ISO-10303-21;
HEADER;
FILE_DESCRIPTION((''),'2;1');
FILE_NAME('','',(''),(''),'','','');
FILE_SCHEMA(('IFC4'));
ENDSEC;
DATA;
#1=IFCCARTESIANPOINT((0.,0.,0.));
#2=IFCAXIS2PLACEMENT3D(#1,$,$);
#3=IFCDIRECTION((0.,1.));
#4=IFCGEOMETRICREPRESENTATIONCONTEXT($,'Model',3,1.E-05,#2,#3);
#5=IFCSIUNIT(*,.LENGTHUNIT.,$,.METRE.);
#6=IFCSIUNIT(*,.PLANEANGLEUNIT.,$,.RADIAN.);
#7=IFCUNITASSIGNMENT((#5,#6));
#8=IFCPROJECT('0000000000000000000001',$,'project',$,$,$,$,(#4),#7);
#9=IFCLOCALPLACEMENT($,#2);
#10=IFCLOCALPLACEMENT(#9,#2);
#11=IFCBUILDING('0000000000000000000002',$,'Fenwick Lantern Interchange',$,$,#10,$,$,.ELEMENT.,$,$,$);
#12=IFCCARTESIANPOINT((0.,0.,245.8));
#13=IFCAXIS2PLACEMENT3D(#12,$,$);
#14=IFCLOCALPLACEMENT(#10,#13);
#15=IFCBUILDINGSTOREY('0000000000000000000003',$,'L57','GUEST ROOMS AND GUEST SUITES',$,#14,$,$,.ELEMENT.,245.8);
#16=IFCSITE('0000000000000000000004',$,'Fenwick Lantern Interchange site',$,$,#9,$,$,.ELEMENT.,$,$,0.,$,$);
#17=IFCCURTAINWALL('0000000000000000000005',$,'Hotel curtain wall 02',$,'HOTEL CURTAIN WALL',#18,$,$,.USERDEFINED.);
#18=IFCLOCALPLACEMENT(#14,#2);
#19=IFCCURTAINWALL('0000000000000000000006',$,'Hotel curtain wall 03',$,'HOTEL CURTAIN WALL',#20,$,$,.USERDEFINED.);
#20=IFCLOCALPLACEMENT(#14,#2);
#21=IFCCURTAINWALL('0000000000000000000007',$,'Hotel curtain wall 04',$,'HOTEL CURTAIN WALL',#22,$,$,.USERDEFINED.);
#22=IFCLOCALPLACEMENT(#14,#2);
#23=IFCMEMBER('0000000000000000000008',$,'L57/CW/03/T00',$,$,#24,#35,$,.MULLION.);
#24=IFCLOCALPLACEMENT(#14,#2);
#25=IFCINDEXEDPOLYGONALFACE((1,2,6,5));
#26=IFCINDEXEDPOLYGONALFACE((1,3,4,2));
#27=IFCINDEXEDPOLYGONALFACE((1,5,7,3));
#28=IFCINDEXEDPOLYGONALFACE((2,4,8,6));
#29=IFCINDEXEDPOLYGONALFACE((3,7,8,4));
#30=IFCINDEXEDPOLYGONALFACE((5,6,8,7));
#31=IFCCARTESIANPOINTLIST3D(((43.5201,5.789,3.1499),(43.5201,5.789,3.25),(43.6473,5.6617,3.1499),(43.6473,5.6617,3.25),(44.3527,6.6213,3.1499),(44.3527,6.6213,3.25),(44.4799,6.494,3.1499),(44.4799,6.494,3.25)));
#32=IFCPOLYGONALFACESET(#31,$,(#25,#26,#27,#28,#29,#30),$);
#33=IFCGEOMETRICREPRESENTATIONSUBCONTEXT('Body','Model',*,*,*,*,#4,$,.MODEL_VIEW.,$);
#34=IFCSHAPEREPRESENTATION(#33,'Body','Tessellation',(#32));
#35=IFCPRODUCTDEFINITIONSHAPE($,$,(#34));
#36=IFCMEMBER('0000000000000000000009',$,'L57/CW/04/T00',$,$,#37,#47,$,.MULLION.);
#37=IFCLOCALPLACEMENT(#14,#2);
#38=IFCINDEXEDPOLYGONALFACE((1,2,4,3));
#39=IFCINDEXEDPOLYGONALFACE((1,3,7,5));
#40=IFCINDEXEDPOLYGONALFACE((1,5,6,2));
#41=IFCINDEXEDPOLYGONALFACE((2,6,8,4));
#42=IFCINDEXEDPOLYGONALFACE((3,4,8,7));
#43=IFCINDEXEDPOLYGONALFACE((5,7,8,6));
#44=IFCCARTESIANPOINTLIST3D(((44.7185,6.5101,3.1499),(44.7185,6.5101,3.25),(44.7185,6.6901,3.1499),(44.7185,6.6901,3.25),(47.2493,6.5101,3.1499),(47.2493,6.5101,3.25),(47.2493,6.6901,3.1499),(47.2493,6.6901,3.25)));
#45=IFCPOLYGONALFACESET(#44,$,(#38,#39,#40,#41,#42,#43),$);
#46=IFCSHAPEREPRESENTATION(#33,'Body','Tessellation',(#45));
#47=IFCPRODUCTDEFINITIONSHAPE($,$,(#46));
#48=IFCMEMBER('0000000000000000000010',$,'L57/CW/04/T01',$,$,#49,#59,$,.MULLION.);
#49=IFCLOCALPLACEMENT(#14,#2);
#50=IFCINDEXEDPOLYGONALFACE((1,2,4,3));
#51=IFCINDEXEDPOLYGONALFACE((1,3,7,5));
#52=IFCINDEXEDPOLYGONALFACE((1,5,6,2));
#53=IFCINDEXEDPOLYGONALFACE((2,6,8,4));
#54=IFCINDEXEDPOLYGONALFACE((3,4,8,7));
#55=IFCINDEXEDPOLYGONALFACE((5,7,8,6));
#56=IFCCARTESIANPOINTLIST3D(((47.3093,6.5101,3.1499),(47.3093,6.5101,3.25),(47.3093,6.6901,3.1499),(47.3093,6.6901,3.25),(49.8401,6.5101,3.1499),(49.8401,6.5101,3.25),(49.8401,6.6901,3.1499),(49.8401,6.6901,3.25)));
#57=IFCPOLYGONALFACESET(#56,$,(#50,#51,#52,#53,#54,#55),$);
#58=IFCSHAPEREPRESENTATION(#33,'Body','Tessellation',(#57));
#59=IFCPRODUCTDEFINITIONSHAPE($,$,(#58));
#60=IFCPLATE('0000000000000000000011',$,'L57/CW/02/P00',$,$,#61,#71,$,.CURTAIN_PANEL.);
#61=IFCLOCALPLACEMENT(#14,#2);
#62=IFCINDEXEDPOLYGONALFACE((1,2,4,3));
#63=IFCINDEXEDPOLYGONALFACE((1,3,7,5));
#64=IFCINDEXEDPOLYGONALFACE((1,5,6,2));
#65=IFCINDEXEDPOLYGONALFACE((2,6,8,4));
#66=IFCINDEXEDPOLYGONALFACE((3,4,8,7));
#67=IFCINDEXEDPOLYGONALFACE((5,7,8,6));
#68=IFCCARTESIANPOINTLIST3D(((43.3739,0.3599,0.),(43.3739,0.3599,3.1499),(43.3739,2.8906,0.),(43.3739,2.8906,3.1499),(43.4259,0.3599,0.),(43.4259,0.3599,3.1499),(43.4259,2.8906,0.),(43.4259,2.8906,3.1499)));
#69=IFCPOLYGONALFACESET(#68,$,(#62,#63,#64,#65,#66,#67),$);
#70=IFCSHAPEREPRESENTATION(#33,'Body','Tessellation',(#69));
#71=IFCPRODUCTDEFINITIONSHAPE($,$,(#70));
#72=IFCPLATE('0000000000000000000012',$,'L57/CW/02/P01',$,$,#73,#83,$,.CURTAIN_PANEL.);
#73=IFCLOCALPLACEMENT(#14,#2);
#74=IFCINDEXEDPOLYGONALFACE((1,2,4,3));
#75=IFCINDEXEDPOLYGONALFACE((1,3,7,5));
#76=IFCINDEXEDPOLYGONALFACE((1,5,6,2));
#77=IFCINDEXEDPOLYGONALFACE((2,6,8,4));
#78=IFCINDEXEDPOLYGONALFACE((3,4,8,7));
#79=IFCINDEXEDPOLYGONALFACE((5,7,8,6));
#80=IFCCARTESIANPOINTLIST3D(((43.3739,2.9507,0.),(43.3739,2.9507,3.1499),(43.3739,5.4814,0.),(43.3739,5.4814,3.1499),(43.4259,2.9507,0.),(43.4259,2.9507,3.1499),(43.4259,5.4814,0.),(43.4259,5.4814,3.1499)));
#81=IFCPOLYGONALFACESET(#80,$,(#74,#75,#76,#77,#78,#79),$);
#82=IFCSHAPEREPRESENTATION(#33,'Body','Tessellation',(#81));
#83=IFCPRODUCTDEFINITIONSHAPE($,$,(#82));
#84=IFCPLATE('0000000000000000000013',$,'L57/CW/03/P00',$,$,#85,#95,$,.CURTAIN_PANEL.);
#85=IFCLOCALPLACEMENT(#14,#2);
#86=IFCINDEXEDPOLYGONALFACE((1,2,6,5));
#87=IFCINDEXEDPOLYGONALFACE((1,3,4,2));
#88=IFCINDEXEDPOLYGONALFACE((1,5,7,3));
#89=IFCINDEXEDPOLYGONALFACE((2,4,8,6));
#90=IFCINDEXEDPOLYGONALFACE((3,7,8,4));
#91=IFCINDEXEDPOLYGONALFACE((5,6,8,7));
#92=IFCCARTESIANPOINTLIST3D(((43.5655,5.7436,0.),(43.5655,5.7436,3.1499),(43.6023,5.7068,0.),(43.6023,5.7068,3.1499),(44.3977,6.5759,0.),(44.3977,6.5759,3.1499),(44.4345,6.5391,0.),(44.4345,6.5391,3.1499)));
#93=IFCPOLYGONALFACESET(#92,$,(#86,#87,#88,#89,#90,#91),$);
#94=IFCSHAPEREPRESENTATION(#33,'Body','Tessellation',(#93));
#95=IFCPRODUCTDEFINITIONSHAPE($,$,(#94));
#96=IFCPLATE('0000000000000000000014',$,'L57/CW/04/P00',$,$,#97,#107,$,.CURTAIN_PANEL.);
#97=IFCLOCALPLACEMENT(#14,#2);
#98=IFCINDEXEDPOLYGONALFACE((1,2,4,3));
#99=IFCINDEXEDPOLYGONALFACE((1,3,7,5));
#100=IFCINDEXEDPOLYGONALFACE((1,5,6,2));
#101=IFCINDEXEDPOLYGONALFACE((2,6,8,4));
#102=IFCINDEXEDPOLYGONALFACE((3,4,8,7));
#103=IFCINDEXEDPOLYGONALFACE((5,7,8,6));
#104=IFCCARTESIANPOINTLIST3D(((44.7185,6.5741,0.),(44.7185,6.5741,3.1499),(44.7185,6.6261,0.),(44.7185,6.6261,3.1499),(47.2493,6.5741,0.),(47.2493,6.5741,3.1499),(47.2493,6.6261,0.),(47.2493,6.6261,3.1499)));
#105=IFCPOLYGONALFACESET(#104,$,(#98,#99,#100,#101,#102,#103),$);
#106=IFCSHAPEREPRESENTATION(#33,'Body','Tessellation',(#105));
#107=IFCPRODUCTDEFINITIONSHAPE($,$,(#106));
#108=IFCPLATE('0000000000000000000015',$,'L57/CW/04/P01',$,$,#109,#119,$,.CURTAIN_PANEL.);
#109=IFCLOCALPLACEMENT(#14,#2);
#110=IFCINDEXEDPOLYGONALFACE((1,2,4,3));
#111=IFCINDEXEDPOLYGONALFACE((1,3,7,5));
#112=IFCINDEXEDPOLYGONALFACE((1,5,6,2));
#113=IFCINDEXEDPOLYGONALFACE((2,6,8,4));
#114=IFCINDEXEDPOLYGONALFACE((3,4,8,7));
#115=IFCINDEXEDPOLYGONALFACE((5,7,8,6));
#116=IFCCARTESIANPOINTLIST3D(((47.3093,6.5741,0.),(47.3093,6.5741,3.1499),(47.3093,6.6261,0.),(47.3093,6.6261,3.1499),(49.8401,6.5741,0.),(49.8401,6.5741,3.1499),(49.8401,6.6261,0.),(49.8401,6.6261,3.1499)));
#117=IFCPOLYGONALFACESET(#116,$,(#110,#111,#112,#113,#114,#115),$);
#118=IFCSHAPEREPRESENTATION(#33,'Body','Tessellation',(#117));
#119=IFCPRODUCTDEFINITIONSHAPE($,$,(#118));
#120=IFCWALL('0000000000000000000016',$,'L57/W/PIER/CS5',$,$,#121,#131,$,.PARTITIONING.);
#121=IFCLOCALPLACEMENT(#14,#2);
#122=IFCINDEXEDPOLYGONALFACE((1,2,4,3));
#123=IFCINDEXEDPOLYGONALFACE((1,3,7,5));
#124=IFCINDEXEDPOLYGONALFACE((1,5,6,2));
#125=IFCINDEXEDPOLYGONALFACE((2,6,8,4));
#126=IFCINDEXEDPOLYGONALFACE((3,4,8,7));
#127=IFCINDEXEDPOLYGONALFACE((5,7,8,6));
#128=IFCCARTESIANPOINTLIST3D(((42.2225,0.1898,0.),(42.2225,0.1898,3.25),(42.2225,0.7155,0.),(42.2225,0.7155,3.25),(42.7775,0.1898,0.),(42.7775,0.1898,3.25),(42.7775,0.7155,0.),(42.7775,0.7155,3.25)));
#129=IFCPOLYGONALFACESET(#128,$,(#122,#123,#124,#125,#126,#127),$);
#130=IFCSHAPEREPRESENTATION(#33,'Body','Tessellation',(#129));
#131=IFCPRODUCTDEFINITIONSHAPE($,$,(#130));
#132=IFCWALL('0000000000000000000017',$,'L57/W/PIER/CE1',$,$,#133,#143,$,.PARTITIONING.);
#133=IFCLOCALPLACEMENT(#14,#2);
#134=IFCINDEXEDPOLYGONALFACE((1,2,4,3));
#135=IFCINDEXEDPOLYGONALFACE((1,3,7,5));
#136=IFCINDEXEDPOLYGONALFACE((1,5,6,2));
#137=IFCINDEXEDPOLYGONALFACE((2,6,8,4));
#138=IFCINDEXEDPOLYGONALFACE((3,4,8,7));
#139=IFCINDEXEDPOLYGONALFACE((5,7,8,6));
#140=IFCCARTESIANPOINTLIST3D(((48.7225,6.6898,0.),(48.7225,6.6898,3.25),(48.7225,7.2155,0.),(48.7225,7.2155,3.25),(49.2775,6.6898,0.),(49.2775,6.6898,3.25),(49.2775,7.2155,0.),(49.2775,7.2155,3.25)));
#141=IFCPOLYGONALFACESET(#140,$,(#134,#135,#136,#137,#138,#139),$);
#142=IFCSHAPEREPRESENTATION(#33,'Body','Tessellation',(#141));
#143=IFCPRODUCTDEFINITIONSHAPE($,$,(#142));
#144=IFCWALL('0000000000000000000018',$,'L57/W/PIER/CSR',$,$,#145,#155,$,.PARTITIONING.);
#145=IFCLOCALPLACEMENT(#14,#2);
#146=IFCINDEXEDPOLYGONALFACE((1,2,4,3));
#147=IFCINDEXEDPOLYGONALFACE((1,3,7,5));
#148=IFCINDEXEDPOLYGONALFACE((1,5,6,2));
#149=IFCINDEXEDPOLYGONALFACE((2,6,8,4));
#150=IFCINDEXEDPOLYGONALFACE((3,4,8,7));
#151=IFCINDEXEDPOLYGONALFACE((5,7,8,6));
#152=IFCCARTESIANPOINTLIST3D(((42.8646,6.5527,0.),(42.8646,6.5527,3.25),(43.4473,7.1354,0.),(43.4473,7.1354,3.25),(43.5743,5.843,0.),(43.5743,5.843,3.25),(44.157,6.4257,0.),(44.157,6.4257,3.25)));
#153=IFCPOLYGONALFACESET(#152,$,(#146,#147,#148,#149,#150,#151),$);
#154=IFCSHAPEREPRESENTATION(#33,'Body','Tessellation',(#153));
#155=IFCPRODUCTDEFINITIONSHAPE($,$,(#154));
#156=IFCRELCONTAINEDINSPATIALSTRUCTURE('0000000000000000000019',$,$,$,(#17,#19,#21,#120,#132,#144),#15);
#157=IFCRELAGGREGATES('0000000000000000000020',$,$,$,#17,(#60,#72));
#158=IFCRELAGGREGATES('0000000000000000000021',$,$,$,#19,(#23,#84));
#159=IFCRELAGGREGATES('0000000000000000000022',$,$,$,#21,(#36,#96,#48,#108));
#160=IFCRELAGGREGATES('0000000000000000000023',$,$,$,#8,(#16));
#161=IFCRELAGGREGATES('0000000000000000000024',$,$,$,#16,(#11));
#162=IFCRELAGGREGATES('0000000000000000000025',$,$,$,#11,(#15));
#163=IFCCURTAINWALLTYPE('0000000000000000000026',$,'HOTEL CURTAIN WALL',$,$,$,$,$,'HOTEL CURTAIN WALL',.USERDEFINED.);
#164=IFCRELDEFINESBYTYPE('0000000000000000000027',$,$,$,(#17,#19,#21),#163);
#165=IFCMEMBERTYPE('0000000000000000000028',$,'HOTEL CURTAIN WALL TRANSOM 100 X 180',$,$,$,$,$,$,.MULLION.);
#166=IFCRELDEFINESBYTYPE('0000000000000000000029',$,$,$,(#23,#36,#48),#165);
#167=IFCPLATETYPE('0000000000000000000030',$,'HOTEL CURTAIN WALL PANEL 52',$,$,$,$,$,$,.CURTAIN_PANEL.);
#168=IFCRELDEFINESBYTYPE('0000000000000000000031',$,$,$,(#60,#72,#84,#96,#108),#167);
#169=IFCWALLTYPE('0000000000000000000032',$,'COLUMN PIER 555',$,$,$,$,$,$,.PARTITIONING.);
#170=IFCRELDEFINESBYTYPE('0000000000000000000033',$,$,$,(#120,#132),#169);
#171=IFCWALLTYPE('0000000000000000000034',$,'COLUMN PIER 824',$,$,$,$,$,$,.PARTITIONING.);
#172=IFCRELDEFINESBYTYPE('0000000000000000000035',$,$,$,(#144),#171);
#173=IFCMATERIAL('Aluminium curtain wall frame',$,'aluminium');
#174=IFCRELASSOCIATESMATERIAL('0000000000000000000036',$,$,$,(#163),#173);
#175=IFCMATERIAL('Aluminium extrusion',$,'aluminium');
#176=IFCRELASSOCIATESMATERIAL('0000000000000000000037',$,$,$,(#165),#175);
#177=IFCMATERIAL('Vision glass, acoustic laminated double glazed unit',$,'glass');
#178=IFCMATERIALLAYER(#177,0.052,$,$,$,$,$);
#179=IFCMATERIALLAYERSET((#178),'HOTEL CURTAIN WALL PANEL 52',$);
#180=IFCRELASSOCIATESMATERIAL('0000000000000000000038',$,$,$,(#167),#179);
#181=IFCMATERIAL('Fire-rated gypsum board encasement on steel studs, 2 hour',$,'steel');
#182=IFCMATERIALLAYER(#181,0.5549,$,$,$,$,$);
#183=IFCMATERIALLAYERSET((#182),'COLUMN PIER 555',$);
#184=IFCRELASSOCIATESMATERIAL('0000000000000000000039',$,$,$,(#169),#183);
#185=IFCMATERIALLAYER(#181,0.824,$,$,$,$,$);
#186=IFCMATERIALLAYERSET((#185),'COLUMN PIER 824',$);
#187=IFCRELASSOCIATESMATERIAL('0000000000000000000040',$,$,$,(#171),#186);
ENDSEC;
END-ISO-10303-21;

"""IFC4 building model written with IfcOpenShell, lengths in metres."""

from ifc_helpers import new_model, si_unit, direction, frame, frame_2d, origin, origin_2d, place, context, subcontext, project, spatial, rectangle, extrude, material, layer, layer_set, material_profile, profile_set, type_object, element, aggregate, save


model = new_model("IFC4")

# Units and contexts
model_context = context("Model", 3, precision=1e-05, world=origin(), true_north=direction((0.0, 1.0)))
body_context = subcontext(model_context, "Body", "Model", "MODEL_VIEW")
ifc_project = project(units=[si_unit("LENGTHUNIT", "METRE"), si_unit("PLANEANGLEUNIT", "RADIAN")], contexts=[model_context])

# Site, building, storey
site_placement = place(None, origin())
site = spatial("IfcSite", under=ifc_project, at=site_placement, Name="Fenwick Lantern Interchange site", CompositionType="ELEMENT", RefElevation=0.0)
building_placement = place(site_placement, origin())
building = spatial("IfcBuilding", under=site, at=building_placement, Name="Fenwick Lantern Interchange", CompositionType="ELEMENT")
storey_placement = place(building_placement, frame((0.0, 0.0, 245.8)))
storey = spatial("IfcBuildingStorey", under=building, at=storey_placement, Name="L57", Description="GUEST ROOMS AND GUEST SUITES", CompositionType="ELEMENT", Elevation=245.8)

# Shared definitions
ifc_material_1 = material(Name="Aluminium curtain wall frame", Category="aluminium")
curtain_wall_type = type_object("IfcCurtainWallType", Name="HOTEL CURTAIN WALL", ElementType="HOTEL CURTAIN WALL", PredefinedType="USERDEFINED", material=ifc_material_1)
ifc_material_2 = material(Name="Aluminium extrusion", Category="aluminium")

# Curtain walls
curtain_wall_1_placement = place(storey_placement, origin())
curtain_wall_1 = element("IfcCurtainWall", 1, at=curtain_wall_1_placement, inside=storey, type_object=curtain_wall_type, Name="Hotel curtain wall 02", ObjectType="HOTEL CURTAIN WALL", PredefinedType="USERDEFINED")
curtain_wall_2_placement = place(storey_placement, origin())
curtain_wall_2 = element("IfcCurtainWall", 2, at=curtain_wall_2_placement, inside=storey, type_object=curtain_wall_type, Name="Hotel curtain wall 03", ObjectType="HOTEL CURTAIN WALL", PredefinedType="USERDEFINED")
curtain_wall_3_placement = place(storey_placement, origin())
curtain_wall_3 = element("IfcCurtainWall", 3, at=curtain_wall_3_placement, inside=storey, type_object=curtain_wall_type, Name="Hotel curtain wall 04", ObjectType="HOTEL CURTAIN WALL", PredefinedType="USERDEFINED")

# Members
ifc_material_profile_1 = material_profile(ifc_material_2, rectangle(XDim=0.1799, YDim=0.1001, at=origin_2d()), Name="HOTEL CURTAIN WALL TRANSOM 100 X 180")
ifc_profile_set_1 = profile_set([ifc_material_profile_1], Name="Aluminium extrusion")
member_type_1 = type_object("IfcMemberType", Name="HOTEL CURTAIN WALL TRANSOM 100 X 180", PredefinedType="MULLION", material=ifc_profile_set_1)
member_1_placement = place(storey_placement, frame((43.5837, 5.7253, 3.2), z_axis=(0.70721, 0.707003, 0.0), x_axis=(-0.707003, 0.70721, 0.0)))
member_1 = element("IfcMember", 4, at=member_1_placement, type_object=member_type_1, Name="L57/CW/03/T00", PredefinedType="MULLION", context=body_context, shape_type="SweptSolid", body=[
    extrude(rectangle(XDim=0.1799, YDim=0.1001, at=origin_2d()), origin(), (0.0, 0.0, 1.0), 1.1772),
])
member_2_placement = place(storey_placement, frame((44.7185, 6.6001, 3.2), z_axis=(1.0, 0.0, 0.0), x_axis=(0.0, 1.0, 0.0)))
member_2 = element("IfcMember", 5, at=member_2_placement, type_object=member_type_1, Name="L57/CW/04/T00", PredefinedType="MULLION", context=body_context, shape_type="SweptSolid", body=[
    extrude(rectangle(XDim=0.1799, YDim=0.1001, at=origin_2d()), origin(), (0.0, 0.0, 1.0), 2.5308),
])
member_3_placement = place(storey_placement, frame((47.3093, 6.6001, 3.2), z_axis=(1.0, 0.0, 0.0), x_axis=(0.0, 1.0, 0.0)))
member_3 = element("IfcMember", 6, at=member_3_placement, type_object=member_type_1, Name="L57/CW/04/T01", PredefinedType="MULLION", context=body_context, shape_type="SweptSolid", body=[
    extrude(rectangle(XDim=0.1799, YDim=0.1001, at=origin_2d()), origin(), (0.0, 0.0, 1.0), 2.5308),
])

# Plates
ifc_material_3 = material(Name="Vision glass, acoustic laminated double glazed unit", Category="glass")
ifc_layer_1 = layer(ifc_material_3, 0.052)
ifc_layer_set_1 = layer_set([ifc_layer_1], Name="HOTEL CURTAIN WALL PANEL 52")
plate_type = type_object("IfcPlateType", Name="HOTEL CURTAIN WALL PANEL 52", PredefinedType="CURTAIN_PANEL", material=ifc_layer_set_1)
plate_1_placement = place(storey_placement, frame((43.3999, 1.6252, 0.0), z_axis=(0.0, 0.0, 1.0), x_axis=(0.0, 1.0, 0.0)))
plate_1 = element("IfcPlate", 7, at=plate_1_placement, type_object=plate_type, Name="L57/CW/02/P00", PredefinedType="CURTAIN_PANEL", context=body_context, shape_type="SweptSolid", body=[
    extrude(rectangle(XDim=2.5308, YDim=0.052, at=origin_2d()), origin(), (0.0, 0.0, 1.0), 3.1499),
])
plate_2_placement = place(storey_placement, frame((43.3999, 4.2161, 0.0), z_axis=(0.0, 0.0, 1.0), x_axis=(0.0, 1.0, 0.0)))
plate_2 = element("IfcPlate", 8, at=plate_2_placement, type_object=plate_type, Name="L57/CW/02/P01", PredefinedType="CURTAIN_PANEL", context=body_context, shape_type="SweptSolid", body=[
    extrude(rectangle(XDim=2.5308, YDim=0.052, at=origin_2d()), origin(), (0.0, 0.0, 1.0), 3.1499),
])
aggregate(curtain_wall_1, [plate_1, plate_2])
plate_3_placement = place(storey_placement, frame((44.0, 6.1414, 0.0), z_axis=(0.0, 0.0, 1.0), x_axis=(0.707107, 0.707107, 0.0)))
plate_3 = element("IfcPlate", 9, at=plate_3_placement, type_object=plate_type, Name="L57/CW/03/P00", PredefinedType="CURTAIN_PANEL", context=body_context, shape_type="SweptSolid", body=[
    extrude(rectangle(XDim=1.177, YDim=0.052, at=origin_2d()), origin(), (0.0, 0.0, 1.0), 3.1499),
])
aggregate(curtain_wall_2, [member_1, plate_3])
plate_4_placement = place(storey_placement, frame((45.9839, 6.6001, 0.0), z_axis=(0.0, 0.0, 1.0), x_axis=(1.0, 0.0, 0.0)))
plate_4 = element("IfcPlate", 10, at=plate_4_placement, type_object=plate_type, Name="L57/CW/04/P00", PredefinedType="CURTAIN_PANEL", context=body_context, shape_type="SweptSolid", body=[
    extrude(rectangle(XDim=2.5308, YDim=0.052, at=origin_2d()), origin(), (0.0, 0.0, 1.0), 3.1499),
])
plate_5_placement = place(storey_placement, frame((48.5747, 6.6001, 0.0), z_axis=(0.0, 0.0, 1.0), x_axis=(1.0, 0.0, 0.0)))
plate_5 = element("IfcPlate", 11, at=plate_5_placement, type_object=plate_type, Name="L57/CW/04/P01", PredefinedType="CURTAIN_PANEL", context=body_context, shape_type="SweptSolid", body=[
    extrude(rectangle(XDim=2.5308, YDim=0.052, at=origin_2d()), origin(), (0.0, 0.0, 1.0), 3.1499),
])
aggregate(curtain_wall_3, [member_2, plate_4, member_3, plate_5])

# Walls
ifc_material_4 = material(Name="Fire-rated gypsum board encasement on steel studs, 2 hour", Category="steel")
ifc_layer_2 = layer(ifc_material_4, 0.5549)
ifc_layer_set_2 = layer_set([ifc_layer_2], Name="COLUMN PIER 555")
wall_type_1 = type_object("IfcWallType", Name="COLUMN PIER 555", PredefinedType="PARTITIONING", material=ifc_layer_set_2)
for number, where, z_axis, x_axis, name in (
    (12, (42.5, 0.1899, 0.0), (0.0, 0.0, 1.0), (0.0, 1.0, 0.0), "L57/W/PIER/CS5"),
    (13, (49.0, 6.6899, 0.0), (0.0, 0.0, 1.0), (0.0, 1.0, 0.0), "L57/W/PIER/CE1"),
):
    element("IfcWall", number, at=place(storey_placement, frame(where, z_axis=z_axis, x_axis=x_axis)), inside=storey, type_object=wall_type_1, Name=name, PredefinedType="PARTITIONING", context=body_context, shape_type="SweptSolid", body=[
        extrude(rectangle(XDim=0.5256, YDim=0.5549, at=frame_2d((0.2627, 0.0))), origin(), (0.0, 0.0, 1.0), 3.25),
    ])
ifc_layer_3 = layer(ifc_material_4, 0.824)
ifc_layer_set_3 = layer_set([ifc_layer_3], Name="COLUMN PIER 824")
wall_type_2 = type_object("IfcWallType", Name="COLUMN PIER 824", PredefinedType="PARTITIONING", material=ifc_layer_set_3)
wall_placement = place(storey_placement, frame((43.8657, 6.1343, 0.0), z_axis=(0.0, 0.0, 1.0), x_axis=(-0.707107, 0.707107, 0.0)))
element("IfcWall", 14, at=wall_placement, inside=storey, type_object=wall_type_2, Name="L57/W/PIER/CSR", PredefinedType="PARTITIONING", context=body_context, shape_type="SweptSolid", body=[
    extrude(rectangle(XDim=1.0037, YDim=0.824, at=frame_2d((0.502, 0.0))), origin(), (0.0, 0.0, 1.0), 3.25),
])

save(model, "model.ifc")
